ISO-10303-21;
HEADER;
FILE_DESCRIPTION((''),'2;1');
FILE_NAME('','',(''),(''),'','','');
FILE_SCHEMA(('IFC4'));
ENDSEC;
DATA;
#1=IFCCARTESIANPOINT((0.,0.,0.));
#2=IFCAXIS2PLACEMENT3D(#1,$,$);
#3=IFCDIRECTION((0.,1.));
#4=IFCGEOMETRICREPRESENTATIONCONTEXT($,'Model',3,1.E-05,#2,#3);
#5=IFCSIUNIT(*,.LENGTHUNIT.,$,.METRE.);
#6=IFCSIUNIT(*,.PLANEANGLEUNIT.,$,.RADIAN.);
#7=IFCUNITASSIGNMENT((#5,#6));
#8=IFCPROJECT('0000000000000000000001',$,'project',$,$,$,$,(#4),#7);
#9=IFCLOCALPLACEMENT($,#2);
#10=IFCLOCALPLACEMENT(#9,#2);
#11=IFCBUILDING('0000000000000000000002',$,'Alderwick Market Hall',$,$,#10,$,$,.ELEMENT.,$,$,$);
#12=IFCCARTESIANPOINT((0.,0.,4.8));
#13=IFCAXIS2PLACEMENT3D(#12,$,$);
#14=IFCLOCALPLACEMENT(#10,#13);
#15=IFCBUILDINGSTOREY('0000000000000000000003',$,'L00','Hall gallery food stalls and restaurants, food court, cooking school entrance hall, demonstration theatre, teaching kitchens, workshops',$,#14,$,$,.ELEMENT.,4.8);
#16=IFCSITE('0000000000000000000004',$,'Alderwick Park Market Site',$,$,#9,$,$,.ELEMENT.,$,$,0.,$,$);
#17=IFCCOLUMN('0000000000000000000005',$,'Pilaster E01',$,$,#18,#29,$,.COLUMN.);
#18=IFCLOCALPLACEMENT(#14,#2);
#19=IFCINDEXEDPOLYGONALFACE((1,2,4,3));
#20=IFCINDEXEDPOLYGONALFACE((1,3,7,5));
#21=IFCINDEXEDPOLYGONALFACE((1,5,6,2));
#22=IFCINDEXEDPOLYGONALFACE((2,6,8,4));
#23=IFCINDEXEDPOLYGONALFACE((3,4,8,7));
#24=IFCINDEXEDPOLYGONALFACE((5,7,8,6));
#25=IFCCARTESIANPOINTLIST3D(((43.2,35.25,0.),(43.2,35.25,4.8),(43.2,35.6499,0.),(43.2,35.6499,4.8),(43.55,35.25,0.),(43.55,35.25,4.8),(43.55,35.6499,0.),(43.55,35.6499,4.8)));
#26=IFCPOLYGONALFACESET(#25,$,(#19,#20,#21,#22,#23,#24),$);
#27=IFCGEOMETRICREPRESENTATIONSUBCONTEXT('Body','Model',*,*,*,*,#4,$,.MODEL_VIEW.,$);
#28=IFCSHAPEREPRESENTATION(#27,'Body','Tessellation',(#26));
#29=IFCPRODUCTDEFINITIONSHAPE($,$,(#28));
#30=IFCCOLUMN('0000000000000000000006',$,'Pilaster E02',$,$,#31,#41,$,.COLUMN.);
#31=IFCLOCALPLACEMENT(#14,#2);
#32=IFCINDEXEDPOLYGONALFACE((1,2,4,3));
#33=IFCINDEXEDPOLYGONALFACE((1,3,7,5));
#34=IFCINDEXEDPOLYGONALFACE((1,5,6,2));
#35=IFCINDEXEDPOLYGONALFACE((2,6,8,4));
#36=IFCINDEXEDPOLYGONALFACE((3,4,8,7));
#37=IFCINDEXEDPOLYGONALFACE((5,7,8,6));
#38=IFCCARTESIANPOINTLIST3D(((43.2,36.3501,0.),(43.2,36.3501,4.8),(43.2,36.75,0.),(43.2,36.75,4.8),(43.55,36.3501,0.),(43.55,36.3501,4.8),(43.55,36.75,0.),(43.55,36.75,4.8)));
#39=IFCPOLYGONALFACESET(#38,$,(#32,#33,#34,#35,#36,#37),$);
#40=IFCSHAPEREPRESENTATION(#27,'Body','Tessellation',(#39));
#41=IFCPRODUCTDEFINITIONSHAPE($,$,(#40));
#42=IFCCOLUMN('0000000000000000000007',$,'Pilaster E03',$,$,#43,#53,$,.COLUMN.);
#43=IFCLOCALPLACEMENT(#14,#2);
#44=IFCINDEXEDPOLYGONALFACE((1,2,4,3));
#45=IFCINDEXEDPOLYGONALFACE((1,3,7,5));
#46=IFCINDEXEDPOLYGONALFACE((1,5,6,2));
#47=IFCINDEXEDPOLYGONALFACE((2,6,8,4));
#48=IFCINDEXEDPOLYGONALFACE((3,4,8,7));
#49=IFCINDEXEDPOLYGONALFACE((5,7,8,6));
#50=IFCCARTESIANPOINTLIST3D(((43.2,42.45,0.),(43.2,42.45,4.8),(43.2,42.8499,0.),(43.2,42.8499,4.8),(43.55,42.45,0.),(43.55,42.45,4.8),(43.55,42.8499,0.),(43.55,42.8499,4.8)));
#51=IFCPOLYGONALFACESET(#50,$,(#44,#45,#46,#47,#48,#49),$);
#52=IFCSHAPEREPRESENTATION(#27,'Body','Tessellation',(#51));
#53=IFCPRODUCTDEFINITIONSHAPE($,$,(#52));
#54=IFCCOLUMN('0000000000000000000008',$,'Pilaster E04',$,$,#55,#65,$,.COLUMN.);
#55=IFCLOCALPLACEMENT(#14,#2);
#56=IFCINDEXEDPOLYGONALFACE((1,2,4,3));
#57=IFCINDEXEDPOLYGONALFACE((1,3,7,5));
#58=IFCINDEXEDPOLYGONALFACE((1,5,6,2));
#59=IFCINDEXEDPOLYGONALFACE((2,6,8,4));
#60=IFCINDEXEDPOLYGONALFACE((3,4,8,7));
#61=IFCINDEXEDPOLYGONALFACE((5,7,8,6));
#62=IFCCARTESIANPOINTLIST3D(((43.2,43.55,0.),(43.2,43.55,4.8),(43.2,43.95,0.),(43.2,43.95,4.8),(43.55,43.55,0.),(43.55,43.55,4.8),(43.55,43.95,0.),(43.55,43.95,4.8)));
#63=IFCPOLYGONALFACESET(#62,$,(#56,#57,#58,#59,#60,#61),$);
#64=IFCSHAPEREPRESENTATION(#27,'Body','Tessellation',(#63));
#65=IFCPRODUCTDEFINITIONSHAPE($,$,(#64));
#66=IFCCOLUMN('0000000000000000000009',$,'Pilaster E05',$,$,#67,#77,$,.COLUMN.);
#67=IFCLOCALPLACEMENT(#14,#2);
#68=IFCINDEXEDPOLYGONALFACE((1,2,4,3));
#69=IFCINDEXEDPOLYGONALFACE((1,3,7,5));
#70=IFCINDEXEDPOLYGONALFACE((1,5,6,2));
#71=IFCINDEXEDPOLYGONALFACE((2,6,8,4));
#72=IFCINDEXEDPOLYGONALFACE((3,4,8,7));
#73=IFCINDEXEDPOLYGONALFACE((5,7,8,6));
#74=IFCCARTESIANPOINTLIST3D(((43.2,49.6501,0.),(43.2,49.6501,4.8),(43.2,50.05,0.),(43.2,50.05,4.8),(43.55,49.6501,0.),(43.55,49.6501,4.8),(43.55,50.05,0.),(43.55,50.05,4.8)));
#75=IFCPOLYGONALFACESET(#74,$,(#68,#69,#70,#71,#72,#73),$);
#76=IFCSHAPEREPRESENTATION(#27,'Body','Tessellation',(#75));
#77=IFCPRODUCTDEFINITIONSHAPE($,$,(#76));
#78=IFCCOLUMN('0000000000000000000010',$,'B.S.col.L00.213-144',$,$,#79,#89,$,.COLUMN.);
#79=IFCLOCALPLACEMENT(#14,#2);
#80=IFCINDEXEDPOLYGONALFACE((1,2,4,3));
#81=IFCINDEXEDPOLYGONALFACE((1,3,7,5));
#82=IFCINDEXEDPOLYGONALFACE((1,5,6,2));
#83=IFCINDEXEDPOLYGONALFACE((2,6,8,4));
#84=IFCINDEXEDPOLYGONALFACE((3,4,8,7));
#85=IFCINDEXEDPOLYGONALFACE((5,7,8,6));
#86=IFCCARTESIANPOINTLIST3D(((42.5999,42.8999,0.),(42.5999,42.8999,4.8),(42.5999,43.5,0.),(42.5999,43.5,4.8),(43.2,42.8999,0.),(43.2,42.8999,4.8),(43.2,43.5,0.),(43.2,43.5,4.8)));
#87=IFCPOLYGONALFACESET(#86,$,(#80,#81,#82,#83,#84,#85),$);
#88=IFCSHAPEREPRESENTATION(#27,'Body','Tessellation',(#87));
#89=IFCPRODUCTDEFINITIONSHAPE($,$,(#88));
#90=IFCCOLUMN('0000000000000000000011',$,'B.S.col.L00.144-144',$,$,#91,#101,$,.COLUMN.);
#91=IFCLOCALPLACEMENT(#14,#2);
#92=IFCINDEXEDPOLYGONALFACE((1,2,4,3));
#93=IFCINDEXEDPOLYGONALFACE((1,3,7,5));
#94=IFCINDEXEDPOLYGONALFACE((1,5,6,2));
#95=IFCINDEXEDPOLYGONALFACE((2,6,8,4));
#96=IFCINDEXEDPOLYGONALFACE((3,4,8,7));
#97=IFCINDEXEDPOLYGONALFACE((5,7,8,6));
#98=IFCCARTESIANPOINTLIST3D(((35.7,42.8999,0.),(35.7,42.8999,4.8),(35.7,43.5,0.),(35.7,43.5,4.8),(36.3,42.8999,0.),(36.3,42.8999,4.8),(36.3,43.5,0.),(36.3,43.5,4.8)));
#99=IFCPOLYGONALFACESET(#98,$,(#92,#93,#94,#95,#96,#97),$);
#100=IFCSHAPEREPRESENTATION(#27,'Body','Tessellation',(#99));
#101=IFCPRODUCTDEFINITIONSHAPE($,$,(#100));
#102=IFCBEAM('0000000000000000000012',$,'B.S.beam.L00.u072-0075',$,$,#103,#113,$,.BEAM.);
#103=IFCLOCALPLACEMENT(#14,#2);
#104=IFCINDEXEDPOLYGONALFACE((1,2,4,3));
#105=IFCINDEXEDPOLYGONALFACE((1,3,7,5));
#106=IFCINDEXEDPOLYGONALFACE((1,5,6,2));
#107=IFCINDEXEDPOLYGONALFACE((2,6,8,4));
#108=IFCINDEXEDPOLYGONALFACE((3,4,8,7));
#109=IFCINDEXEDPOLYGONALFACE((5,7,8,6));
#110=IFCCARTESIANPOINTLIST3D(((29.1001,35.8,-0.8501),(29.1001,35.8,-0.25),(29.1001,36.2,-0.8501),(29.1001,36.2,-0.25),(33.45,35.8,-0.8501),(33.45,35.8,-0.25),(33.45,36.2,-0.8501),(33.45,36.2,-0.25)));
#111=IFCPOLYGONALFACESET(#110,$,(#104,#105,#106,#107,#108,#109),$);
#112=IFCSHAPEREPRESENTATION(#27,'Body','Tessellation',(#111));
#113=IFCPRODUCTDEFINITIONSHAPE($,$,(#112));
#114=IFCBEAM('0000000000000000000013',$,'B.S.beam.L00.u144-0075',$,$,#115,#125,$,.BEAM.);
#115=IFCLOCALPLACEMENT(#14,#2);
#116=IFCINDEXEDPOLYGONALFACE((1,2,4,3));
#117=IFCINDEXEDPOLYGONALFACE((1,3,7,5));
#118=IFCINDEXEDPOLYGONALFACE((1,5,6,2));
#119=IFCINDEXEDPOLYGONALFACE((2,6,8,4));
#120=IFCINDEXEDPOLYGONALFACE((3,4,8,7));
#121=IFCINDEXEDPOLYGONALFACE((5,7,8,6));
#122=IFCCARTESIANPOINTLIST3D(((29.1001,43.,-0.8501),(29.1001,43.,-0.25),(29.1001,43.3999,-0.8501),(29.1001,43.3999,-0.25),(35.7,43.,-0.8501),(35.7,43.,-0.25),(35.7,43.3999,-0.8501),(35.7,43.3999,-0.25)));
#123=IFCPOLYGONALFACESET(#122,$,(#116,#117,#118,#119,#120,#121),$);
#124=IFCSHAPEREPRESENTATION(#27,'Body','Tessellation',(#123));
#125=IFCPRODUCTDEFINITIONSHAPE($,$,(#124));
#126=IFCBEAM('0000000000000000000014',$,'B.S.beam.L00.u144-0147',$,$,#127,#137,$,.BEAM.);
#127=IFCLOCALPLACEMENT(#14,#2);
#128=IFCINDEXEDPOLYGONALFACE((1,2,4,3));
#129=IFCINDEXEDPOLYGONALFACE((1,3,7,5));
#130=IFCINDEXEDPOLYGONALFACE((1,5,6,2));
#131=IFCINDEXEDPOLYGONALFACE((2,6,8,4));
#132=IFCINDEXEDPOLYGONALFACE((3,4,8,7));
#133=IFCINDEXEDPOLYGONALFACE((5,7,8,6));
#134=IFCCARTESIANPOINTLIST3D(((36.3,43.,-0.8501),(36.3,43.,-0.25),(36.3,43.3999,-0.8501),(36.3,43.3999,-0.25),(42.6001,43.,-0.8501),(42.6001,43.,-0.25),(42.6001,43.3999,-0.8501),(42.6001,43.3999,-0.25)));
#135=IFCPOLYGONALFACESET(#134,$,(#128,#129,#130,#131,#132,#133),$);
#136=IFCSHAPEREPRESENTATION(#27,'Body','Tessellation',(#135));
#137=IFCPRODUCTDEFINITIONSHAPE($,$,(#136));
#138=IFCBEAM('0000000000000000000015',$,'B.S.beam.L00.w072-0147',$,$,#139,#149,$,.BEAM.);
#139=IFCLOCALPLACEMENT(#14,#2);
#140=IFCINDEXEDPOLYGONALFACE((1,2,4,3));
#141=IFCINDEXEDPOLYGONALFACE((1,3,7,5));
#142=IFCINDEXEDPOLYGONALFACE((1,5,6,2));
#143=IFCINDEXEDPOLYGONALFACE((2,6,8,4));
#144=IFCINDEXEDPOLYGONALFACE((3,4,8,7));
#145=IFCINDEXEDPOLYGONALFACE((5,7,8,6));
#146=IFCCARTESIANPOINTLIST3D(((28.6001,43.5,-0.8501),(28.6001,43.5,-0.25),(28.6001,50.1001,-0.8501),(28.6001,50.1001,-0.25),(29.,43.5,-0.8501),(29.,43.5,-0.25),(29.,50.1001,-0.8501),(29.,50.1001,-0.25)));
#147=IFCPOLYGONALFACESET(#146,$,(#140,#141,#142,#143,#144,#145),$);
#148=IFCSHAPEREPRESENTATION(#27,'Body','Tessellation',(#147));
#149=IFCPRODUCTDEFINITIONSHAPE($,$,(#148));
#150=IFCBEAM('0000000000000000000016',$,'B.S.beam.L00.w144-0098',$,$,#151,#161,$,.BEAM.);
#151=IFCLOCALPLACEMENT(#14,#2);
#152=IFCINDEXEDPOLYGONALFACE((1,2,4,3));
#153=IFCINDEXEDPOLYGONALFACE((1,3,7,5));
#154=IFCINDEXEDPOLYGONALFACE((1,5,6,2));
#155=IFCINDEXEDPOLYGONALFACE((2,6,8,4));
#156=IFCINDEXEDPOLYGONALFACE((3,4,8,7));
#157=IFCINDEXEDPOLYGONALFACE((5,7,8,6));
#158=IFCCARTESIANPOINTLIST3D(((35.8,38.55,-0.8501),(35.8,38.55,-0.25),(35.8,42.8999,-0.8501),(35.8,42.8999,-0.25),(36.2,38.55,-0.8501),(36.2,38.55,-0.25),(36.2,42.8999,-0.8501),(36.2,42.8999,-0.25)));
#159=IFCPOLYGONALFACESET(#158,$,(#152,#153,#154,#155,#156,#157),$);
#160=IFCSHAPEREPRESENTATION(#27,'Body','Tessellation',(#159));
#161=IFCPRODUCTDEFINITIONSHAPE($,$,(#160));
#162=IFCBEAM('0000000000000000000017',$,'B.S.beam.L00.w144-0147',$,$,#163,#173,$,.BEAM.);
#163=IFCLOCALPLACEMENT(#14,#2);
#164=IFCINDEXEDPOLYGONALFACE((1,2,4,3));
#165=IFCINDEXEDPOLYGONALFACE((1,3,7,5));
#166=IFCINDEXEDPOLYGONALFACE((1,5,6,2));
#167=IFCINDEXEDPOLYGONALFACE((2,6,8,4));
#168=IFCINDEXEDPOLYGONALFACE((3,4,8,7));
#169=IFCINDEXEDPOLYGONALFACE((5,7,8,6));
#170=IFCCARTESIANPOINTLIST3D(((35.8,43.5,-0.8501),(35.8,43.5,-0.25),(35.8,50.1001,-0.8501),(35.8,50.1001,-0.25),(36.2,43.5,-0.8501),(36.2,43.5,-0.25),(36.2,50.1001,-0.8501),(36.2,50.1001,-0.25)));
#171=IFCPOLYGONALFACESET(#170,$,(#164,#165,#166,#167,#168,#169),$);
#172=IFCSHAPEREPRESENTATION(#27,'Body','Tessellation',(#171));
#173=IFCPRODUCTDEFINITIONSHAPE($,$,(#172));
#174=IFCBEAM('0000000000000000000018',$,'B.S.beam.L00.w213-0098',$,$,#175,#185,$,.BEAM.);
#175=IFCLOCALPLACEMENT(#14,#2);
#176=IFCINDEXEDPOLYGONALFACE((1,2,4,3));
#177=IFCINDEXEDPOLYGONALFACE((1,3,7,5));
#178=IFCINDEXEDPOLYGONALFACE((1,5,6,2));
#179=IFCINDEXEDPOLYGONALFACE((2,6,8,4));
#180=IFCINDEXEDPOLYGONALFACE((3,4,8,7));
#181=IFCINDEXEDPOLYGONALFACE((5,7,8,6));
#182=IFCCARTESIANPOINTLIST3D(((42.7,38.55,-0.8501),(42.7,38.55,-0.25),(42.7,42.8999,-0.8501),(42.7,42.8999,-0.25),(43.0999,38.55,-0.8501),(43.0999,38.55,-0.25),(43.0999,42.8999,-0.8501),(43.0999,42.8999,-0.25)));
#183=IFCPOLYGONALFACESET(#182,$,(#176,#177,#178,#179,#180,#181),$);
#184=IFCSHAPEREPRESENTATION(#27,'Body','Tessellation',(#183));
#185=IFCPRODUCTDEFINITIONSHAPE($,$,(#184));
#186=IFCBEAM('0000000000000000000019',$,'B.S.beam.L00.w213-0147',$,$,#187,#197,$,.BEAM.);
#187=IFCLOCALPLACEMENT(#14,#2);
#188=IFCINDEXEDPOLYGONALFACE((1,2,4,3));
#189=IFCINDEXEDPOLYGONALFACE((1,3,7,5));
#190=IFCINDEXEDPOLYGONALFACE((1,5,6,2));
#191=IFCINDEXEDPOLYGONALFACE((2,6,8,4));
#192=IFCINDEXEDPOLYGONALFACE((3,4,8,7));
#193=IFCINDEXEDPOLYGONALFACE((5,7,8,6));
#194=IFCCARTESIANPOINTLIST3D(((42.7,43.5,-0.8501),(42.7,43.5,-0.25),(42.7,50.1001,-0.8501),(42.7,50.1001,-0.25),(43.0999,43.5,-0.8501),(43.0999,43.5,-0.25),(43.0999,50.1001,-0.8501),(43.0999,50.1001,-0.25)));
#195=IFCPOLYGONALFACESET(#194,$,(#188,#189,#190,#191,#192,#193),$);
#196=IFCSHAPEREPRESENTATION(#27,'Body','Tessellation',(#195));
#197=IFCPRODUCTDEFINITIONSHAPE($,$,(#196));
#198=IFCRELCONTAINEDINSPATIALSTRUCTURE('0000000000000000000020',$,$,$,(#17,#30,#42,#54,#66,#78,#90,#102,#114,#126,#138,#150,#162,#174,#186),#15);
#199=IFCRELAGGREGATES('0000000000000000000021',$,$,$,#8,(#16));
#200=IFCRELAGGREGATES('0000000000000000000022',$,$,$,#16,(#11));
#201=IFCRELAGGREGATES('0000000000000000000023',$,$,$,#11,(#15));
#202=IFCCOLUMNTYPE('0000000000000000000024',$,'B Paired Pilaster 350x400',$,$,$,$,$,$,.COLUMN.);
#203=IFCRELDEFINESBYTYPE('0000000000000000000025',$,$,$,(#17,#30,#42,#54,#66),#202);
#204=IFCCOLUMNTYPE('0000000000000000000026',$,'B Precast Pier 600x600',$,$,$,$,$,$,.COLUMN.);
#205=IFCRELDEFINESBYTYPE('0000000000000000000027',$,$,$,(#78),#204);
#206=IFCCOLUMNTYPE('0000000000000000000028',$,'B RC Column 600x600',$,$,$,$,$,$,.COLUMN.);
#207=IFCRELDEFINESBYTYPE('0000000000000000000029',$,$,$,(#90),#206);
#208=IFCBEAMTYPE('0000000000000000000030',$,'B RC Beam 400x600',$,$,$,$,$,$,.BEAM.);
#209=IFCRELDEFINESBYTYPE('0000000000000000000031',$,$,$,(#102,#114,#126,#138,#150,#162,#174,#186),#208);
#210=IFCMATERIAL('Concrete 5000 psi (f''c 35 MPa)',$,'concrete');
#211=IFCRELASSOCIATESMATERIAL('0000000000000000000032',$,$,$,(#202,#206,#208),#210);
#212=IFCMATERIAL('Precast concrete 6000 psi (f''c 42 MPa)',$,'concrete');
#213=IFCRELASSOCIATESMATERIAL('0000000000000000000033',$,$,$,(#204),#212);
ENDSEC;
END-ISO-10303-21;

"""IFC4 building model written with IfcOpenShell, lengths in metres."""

from ifc_helpers import new_model, si_unit, direction, frame, origin, origin_2d, place, context, subcontext, project, spatial, rectangle, extrude, material, material_profile, profile_set, type_object, element, save


model = new_model("IFC4")

# Units and contexts
model_context = context("Model", 3, precision=1e-05, world=origin(), true_north=direction((0.0, 1.0)))
body_context = subcontext(model_context, "Body", "Model", "MODEL_VIEW")
ifc_project = project(units=[si_unit("LENGTHUNIT", "METRE"), si_unit("PLANEANGLEUNIT", "RADIAN")], contexts=[model_context])

# Site, building, storey
site_placement = place(None, origin())
site = spatial("IfcSite", under=ifc_project, at=site_placement, Name="Alderwick Park Market Site", CompositionType="ELEMENT", RefElevation=0.0)
building_placement = place(site_placement, origin())
building = spatial("IfcBuilding", under=site, at=building_placement, Name="Alderwick Market Hall", CompositionType="ELEMENT")
storey_placement = place(building_placement, frame((0.0, 0.0, 4.8)))
storey = spatial("IfcBuildingStorey", under=building, at=storey_placement, Name="L00", Description="Hall gallery food stalls and restaurants, food court, cooking school entrance hall, demonstration theatre, teaching kitchens, workshops", CompositionType="ELEMENT", Elevation=4.8)

# Columns
ifc_material_1 = material(Name="Concrete 5000 psi (f'c 35 MPa)", Category="concrete")
ifc_material_profile_1 = material_profile(ifc_material_1, rectangle(XDim=0.3501, YDim=0.3999, at=origin_2d()), Name="B Paired Pilaster 350x400")
ifc_profile_set_1 = profile_set([ifc_material_profile_1], Name="Concrete 5000 psi (f'c 35 MPa)")
column_type_1 = type_object("IfcColumnType", Name="B Paired Pilaster 350x400", PredefinedType="COLUMN", material=ifc_profile_set_1)
for number, where, z_axis, x_axis, name in (
    (1, (43.375, 35.45, 0.0), (0.0, 0.0, 1.0), (1.0, 0.0, 0.0), "Pilaster E01"),
    (2, (43.375, 36.55, 0.0), (0.0, 0.0, 1.0), (1.0, 0.0, 0.0), "Pilaster E02"),
    (3, (43.375, 42.6499, 0.0), (0.0, 0.0, 1.0), (1.0, 0.0, 0.0), "Pilaster E03"),
    (4, (43.375, 43.75, 0.0), (0.0, 0.0, 1.0), (1.0, 0.0, 0.0), "Pilaster E04"),
    (5, (43.375, 49.8501, 0.0), (0.0, 0.0, 1.0), (1.0, 0.0, 0.0), "Pilaster E05"),
):
    element("IfcColumn", number, at=place(storey_placement, frame(where, z_axis=z_axis, x_axis=x_axis)), inside=storey, type_object=column_type_1, Name=name, PredefinedType="COLUMN", context=body_context, shape_type="SweptSolid", body=[
        extrude(rectangle(XDim=0.3501, YDim=0.3999, at=origin_2d()), origin(), (0.0, 0.0, 1.0), 4.8),
    ])
ifc_material_2 = material(Name="Precast concrete 6000 psi (f'c 42 MPa)", Category="concrete")
ifc_material_profile_2 = material_profile(ifc_material_2, rectangle(XDim=0.6001, YDim=0.6001, at=origin_2d()), Name="B Precast Pier 600x600")
ifc_profile_set_2 = profile_set([ifc_material_profile_2], Name="Precast concrete 6000 psi (f'c 42 MPa)")
column_type_2 = type_object("IfcColumnType", Name="B Precast Pier 600x600", PredefinedType="COLUMN", material=ifc_profile_set_2)
column_1_placement = place(storey_placement, frame((42.8999, 43.2, 0.0), z_axis=(0.0, 0.0, 1.0), x_axis=(1.0, 0.0, 0.0)))
element("IfcColumn", 6, at=column_1_placement, inside=storey, type_object=column_type_2, Name="B.S.col.L00.213-144", PredefinedType="COLUMN", context=body_context, shape_type="SweptSolid", body=[
    extrude(rectangle(XDim=0.6001, YDim=0.6001, at=origin_2d()), origin(), (0.0, 0.0, 1.0), 4.8),
])
ifc_material_profile_3 = material_profile(ifc_material_1, rectangle(XDim=0.6001, YDim=0.6001, at=origin_2d()), Name="B RC Column 600x600")
ifc_profile_set_3 = profile_set([ifc_material_profile_3], Name="Concrete 5000 psi (f'c 35 MPa)")
column_type_3 = type_object("IfcColumnType", Name="B RC Column 600x600", PredefinedType="COLUMN", material=ifc_profile_set_3)
column_2_placement = place(storey_placement, frame((36.0, 43.2, 0.0), z_axis=(0.0, 0.0, 1.0), x_axis=(1.0, 0.0, 0.0)))
element("IfcColumn", 7, at=column_2_placement, inside=storey, type_object=column_type_3, Name="B.S.col.L00.144-144", PredefinedType="COLUMN", context=body_context, shape_type="SweptSolid", body=[
    extrude(rectangle(XDim=0.6001, YDim=0.6001, at=origin_2d()), origin(), (0.0, 0.0, 1.0), 4.8),
])

# Beams
ifc_material_profile_4 = material_profile(ifc_material_1, rectangle(XDim=0.3999, YDim=0.6001, at=origin_2d()), Name="B RC Beam 400x600")
ifc_profile_set_4 = profile_set([ifc_material_profile_4], Name="Concrete 5000 psi (f'c 35 MPa)")
beam_type = type_object("IfcBeamType", Name="B RC Beam 400x600", PredefinedType="BEAM", material=ifc_profile_set_4)
beam_1_placement = place(storey_placement, frame((29.1001, 36.0, -0.55), z_axis=(1.0, 0.0, 0.0), x_axis=(0.0, 1.0, 0.0)))
element("IfcBeam", 8, at=beam_1_placement, inside=storey, type_object=beam_type, Name="B.S.beam.L00.u072-0075", PredefinedType="BEAM", context=body_context, shape_type="SweptSolid", body=[
    extrude(rectangle(XDim=0.3999, YDim=0.6001, at=origin_2d()), origin(), (0.0, 0.0, 1.0), 4.3499),
])
beam_2_placement = place(storey_placement, frame((29.1001, 43.2, -0.55), z_axis=(1.0, 0.0, 0.0), x_axis=(0.0, 1.0, 0.0)))
element("IfcBeam", 9, at=beam_2_placement, inside=storey, type_object=beam_type, Name="B.S.beam.L00.u144-0075", PredefinedType="BEAM", context=body_context, shape_type="SweptSolid", body=[
    extrude(rectangle(XDim=0.3999, YDim=0.6001, at=origin_2d()), origin(), (0.0, 0.0, 1.0), 6.5999),
])
beam_3_placement = place(storey_placement, frame((36.3, 43.2, -0.55), z_axis=(1.0, 0.0, 0.0), x_axis=(0.0, 1.0, 0.0)))
element("IfcBeam", 10, at=beam_3_placement, inside=storey, type_object=beam_type, Name="B.S.beam.L00.u144-0147", PredefinedType="BEAM", context=body_context, shape_type="SweptSolid", body=[
    extrude(rectangle(XDim=0.3999, YDim=0.6001, at=origin_2d()), origin(), (0.0, 0.0, 1.0), 6.3),
])
beam_4_placement = place(storey_placement, frame((28.8, 43.5, -0.55), z_axis=(0.0, 1.0, 0.0), x_axis=(-1.0, 0.0, 0.0)))
element("IfcBeam", 11, at=beam_4_placement, inside=storey, type_object=beam_type, Name="B.S.beam.L00.w072-0147", PredefinedType="BEAM", context=body_context, shape_type="SweptSolid", body=[
    extrude(rectangle(XDim=0.3999, YDim=0.6001, at=origin_2d()), origin(), (0.0, 0.0, 1.0), 6.6001),
])
beam_5_placement = place(storey_placement, frame((36.0, 38.55, -0.55), z_axis=(0.0, 1.0, 0.0), x_axis=(-1.0, 0.0, 0.0)))
element("IfcBeam", 12, at=beam_5_placement, inside=storey, type_object=beam_type, Name="B.S.beam.L00.w144-0098", PredefinedType="BEAM", context=body_context, shape_type="SweptSolid", body=[
    extrude(rectangle(XDim=0.3999, YDim=0.6001, at=origin_2d()), origin(), (0.0, 0.0, 1.0), 4.3499),
])
beam_6_placement = place(storey_placement, frame((36.0, 43.5, -0.55), z_axis=(0.0, 1.0, 0.0), x_axis=(-1.0, 0.0, 0.0)))
element("IfcBeam", 13, at=beam_6_placement, inside=storey, type_object=beam_type, Name="B.S.beam.L00.w144-0147", PredefinedType="BEAM", context=body_context, shape_type="SweptSolid", body=[
    extrude(rectangle(XDim=0.3999, YDim=0.6001, at=origin_2d()), origin(), (0.0, 0.0, 1.0), 6.6001),
])
beam_7_placement = place(storey_placement, frame((42.8999, 38.55, -0.55), z_axis=(0.0, 1.0, 0.0), x_axis=(-1.0, 0.0, 0.0)))
element("IfcBeam", 14, at=beam_7_placement, inside=storey, type_object=beam_type, Name="B.S.beam.L00.w213-0098", PredefinedType="BEAM", context=body_context, shape_type="SweptSolid", body=[
    extrude(rectangle(XDim=0.3999, YDim=0.6001, at=origin_2d()), origin(), (0.0, 0.0, 1.0), 4.3499),
])
beam_8_placement = place(storey_placement, frame((42.8999, 43.5, -0.55), z_axis=(0.0, 1.0, 0.0), x_axis=(-1.0, 0.0, 0.0)))
element("IfcBeam", 15, at=beam_8_placement, inside=storey, type_object=beam_type, Name="B.S.beam.L00.w213-0147", PredefinedType="BEAM", context=body_context, shape_type="SweptSolid", body=[
    extrude(rectangle(XDim=0.3999, YDim=0.6001, at=origin_2d()), origin(), (0.0, 0.0, 1.0), 6.6001),
])

save(model, "model.ifc")
